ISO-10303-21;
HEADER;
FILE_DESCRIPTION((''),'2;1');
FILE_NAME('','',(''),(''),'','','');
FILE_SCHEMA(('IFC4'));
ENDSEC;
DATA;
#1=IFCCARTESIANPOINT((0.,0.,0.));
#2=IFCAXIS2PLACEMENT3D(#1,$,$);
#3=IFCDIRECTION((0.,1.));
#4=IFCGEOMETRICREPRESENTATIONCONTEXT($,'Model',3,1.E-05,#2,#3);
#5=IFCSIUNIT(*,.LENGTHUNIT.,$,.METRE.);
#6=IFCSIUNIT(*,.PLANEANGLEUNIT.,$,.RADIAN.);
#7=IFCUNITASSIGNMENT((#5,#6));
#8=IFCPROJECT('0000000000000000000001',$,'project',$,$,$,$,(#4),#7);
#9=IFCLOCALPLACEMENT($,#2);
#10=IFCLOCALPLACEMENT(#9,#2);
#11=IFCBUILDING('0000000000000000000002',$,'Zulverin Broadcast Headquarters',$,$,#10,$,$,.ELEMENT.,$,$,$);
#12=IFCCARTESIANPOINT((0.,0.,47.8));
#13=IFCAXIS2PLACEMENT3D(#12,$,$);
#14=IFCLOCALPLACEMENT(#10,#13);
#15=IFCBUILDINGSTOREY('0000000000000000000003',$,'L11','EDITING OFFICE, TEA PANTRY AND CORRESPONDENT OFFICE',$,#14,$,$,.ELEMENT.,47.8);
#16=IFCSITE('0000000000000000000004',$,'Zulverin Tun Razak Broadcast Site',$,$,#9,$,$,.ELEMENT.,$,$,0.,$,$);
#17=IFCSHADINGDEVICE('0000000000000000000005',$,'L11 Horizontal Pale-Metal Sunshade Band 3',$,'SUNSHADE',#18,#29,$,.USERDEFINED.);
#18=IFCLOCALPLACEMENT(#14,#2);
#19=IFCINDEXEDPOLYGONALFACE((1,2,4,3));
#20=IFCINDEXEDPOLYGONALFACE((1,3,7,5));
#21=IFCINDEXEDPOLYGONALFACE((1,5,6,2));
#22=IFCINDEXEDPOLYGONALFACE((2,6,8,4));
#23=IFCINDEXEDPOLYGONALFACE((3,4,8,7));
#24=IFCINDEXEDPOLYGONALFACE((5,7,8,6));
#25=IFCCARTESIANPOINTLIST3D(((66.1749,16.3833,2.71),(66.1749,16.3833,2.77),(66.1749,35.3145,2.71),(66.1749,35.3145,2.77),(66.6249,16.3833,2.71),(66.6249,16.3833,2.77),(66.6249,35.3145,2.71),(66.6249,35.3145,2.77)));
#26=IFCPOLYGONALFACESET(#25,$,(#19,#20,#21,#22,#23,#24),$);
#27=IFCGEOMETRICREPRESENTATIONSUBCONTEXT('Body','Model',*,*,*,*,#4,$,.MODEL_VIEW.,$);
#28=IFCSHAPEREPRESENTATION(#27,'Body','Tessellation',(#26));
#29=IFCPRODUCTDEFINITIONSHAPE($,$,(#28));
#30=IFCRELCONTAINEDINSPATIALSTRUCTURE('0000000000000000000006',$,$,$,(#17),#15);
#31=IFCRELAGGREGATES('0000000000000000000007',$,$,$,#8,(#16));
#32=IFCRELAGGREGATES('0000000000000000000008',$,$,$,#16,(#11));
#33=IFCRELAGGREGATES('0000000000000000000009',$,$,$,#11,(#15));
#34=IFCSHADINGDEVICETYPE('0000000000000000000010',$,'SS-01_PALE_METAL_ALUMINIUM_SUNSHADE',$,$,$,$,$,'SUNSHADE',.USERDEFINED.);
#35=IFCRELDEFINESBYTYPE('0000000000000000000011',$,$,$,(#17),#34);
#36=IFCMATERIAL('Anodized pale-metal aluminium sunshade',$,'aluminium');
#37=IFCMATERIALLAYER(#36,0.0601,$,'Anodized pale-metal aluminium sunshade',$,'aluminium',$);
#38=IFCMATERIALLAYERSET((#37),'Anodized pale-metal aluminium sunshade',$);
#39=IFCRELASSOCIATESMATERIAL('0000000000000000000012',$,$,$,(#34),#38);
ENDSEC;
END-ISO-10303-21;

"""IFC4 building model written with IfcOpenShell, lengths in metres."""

from ifc_helpers import new_model, si_unit, direction, frame, origin, origin_2d, place, context, subcontext, project, spatial, rectangle, extrude, material, layer, layer_set, type_object, element, save


model = new_model("IFC4")

# Units and contexts
model_context = context("Model", 3, precision=1e-05, world=origin(), true_north=direction((0.0, 1.0)))
body_context = subcontext(model_context, "Body", "Model", "MODEL_VIEW")
ifc_project = project(units=[si_unit("LENGTHUNIT", "METRE"), si_unit("PLANEANGLEUNIT", "RADIAN")], contexts=[model_context])

# Site, building, storey
site_placement = place(None, origin())
site = spatial("IfcSite", under=ifc_project, at=site_placement, Name="Zulverin Tun Razak Broadcast Site", CompositionType="ELEMENT", RefElevation=0.0)
building_placement = place(site_placement, origin())
building = spatial("IfcBuilding", under=site, at=building_placement, Name="Zulverin Broadcast Headquarters", CompositionType="ELEMENT")
storey_placement = place(building_placement, frame((0.0, 0.0, 47.8)))
storey = spatial("IfcBuildingStorey", under=building, at=storey_placement, Name="L11", Description="EDITING OFFICE, TEA PANTRY AND CORRESPONDENT OFFICE", CompositionType="ELEMENT", Elevation=47.8)

# Shading device
ifc_material_1 = material(Name="Anodized pale-metal aluminium sunshade", Category="aluminium")
ifc_layer_1 = layer(ifc_material_1, 0.0601, Name="Anodized pale-metal aluminium sunshade", Category="aluminium")
ifc_layer_set_1 = layer_set([ifc_layer_1], Name="Anodized pale-metal aluminium sunshade")
shading_device_type = type_object("IfcShadingDeviceType", Name="SS-01_PALE_METAL_ALUMINIUM_SUNSHADE", ElementType="SUNSHADE", PredefinedType="USERDEFINED", material=ifc_layer_set_1)
shading_device_placement = place(storey_placement, frame((66.3999, 25.8489, 2.71), z_axis=(0.0, 0.0, 1.0), x_axis=(0.0, 1.0, 0.0)))
element("IfcShadingDevice", 1, at=shading_device_placement, inside=storey, type_object=shading_device_type, Name="L11 Horizontal Pale-Metal Sunshade Band 3", ObjectType="SUNSHADE", PredefinedType="USERDEFINED", context=body_context, shape_type="SweptSolid", body=[
    extrude(rectangle(XDim=18.9312, YDim=0.45, at=origin_2d()), origin(), (0.0, 0.0, 1.0), 0.0601),
])

save(model, "model.ifc")
